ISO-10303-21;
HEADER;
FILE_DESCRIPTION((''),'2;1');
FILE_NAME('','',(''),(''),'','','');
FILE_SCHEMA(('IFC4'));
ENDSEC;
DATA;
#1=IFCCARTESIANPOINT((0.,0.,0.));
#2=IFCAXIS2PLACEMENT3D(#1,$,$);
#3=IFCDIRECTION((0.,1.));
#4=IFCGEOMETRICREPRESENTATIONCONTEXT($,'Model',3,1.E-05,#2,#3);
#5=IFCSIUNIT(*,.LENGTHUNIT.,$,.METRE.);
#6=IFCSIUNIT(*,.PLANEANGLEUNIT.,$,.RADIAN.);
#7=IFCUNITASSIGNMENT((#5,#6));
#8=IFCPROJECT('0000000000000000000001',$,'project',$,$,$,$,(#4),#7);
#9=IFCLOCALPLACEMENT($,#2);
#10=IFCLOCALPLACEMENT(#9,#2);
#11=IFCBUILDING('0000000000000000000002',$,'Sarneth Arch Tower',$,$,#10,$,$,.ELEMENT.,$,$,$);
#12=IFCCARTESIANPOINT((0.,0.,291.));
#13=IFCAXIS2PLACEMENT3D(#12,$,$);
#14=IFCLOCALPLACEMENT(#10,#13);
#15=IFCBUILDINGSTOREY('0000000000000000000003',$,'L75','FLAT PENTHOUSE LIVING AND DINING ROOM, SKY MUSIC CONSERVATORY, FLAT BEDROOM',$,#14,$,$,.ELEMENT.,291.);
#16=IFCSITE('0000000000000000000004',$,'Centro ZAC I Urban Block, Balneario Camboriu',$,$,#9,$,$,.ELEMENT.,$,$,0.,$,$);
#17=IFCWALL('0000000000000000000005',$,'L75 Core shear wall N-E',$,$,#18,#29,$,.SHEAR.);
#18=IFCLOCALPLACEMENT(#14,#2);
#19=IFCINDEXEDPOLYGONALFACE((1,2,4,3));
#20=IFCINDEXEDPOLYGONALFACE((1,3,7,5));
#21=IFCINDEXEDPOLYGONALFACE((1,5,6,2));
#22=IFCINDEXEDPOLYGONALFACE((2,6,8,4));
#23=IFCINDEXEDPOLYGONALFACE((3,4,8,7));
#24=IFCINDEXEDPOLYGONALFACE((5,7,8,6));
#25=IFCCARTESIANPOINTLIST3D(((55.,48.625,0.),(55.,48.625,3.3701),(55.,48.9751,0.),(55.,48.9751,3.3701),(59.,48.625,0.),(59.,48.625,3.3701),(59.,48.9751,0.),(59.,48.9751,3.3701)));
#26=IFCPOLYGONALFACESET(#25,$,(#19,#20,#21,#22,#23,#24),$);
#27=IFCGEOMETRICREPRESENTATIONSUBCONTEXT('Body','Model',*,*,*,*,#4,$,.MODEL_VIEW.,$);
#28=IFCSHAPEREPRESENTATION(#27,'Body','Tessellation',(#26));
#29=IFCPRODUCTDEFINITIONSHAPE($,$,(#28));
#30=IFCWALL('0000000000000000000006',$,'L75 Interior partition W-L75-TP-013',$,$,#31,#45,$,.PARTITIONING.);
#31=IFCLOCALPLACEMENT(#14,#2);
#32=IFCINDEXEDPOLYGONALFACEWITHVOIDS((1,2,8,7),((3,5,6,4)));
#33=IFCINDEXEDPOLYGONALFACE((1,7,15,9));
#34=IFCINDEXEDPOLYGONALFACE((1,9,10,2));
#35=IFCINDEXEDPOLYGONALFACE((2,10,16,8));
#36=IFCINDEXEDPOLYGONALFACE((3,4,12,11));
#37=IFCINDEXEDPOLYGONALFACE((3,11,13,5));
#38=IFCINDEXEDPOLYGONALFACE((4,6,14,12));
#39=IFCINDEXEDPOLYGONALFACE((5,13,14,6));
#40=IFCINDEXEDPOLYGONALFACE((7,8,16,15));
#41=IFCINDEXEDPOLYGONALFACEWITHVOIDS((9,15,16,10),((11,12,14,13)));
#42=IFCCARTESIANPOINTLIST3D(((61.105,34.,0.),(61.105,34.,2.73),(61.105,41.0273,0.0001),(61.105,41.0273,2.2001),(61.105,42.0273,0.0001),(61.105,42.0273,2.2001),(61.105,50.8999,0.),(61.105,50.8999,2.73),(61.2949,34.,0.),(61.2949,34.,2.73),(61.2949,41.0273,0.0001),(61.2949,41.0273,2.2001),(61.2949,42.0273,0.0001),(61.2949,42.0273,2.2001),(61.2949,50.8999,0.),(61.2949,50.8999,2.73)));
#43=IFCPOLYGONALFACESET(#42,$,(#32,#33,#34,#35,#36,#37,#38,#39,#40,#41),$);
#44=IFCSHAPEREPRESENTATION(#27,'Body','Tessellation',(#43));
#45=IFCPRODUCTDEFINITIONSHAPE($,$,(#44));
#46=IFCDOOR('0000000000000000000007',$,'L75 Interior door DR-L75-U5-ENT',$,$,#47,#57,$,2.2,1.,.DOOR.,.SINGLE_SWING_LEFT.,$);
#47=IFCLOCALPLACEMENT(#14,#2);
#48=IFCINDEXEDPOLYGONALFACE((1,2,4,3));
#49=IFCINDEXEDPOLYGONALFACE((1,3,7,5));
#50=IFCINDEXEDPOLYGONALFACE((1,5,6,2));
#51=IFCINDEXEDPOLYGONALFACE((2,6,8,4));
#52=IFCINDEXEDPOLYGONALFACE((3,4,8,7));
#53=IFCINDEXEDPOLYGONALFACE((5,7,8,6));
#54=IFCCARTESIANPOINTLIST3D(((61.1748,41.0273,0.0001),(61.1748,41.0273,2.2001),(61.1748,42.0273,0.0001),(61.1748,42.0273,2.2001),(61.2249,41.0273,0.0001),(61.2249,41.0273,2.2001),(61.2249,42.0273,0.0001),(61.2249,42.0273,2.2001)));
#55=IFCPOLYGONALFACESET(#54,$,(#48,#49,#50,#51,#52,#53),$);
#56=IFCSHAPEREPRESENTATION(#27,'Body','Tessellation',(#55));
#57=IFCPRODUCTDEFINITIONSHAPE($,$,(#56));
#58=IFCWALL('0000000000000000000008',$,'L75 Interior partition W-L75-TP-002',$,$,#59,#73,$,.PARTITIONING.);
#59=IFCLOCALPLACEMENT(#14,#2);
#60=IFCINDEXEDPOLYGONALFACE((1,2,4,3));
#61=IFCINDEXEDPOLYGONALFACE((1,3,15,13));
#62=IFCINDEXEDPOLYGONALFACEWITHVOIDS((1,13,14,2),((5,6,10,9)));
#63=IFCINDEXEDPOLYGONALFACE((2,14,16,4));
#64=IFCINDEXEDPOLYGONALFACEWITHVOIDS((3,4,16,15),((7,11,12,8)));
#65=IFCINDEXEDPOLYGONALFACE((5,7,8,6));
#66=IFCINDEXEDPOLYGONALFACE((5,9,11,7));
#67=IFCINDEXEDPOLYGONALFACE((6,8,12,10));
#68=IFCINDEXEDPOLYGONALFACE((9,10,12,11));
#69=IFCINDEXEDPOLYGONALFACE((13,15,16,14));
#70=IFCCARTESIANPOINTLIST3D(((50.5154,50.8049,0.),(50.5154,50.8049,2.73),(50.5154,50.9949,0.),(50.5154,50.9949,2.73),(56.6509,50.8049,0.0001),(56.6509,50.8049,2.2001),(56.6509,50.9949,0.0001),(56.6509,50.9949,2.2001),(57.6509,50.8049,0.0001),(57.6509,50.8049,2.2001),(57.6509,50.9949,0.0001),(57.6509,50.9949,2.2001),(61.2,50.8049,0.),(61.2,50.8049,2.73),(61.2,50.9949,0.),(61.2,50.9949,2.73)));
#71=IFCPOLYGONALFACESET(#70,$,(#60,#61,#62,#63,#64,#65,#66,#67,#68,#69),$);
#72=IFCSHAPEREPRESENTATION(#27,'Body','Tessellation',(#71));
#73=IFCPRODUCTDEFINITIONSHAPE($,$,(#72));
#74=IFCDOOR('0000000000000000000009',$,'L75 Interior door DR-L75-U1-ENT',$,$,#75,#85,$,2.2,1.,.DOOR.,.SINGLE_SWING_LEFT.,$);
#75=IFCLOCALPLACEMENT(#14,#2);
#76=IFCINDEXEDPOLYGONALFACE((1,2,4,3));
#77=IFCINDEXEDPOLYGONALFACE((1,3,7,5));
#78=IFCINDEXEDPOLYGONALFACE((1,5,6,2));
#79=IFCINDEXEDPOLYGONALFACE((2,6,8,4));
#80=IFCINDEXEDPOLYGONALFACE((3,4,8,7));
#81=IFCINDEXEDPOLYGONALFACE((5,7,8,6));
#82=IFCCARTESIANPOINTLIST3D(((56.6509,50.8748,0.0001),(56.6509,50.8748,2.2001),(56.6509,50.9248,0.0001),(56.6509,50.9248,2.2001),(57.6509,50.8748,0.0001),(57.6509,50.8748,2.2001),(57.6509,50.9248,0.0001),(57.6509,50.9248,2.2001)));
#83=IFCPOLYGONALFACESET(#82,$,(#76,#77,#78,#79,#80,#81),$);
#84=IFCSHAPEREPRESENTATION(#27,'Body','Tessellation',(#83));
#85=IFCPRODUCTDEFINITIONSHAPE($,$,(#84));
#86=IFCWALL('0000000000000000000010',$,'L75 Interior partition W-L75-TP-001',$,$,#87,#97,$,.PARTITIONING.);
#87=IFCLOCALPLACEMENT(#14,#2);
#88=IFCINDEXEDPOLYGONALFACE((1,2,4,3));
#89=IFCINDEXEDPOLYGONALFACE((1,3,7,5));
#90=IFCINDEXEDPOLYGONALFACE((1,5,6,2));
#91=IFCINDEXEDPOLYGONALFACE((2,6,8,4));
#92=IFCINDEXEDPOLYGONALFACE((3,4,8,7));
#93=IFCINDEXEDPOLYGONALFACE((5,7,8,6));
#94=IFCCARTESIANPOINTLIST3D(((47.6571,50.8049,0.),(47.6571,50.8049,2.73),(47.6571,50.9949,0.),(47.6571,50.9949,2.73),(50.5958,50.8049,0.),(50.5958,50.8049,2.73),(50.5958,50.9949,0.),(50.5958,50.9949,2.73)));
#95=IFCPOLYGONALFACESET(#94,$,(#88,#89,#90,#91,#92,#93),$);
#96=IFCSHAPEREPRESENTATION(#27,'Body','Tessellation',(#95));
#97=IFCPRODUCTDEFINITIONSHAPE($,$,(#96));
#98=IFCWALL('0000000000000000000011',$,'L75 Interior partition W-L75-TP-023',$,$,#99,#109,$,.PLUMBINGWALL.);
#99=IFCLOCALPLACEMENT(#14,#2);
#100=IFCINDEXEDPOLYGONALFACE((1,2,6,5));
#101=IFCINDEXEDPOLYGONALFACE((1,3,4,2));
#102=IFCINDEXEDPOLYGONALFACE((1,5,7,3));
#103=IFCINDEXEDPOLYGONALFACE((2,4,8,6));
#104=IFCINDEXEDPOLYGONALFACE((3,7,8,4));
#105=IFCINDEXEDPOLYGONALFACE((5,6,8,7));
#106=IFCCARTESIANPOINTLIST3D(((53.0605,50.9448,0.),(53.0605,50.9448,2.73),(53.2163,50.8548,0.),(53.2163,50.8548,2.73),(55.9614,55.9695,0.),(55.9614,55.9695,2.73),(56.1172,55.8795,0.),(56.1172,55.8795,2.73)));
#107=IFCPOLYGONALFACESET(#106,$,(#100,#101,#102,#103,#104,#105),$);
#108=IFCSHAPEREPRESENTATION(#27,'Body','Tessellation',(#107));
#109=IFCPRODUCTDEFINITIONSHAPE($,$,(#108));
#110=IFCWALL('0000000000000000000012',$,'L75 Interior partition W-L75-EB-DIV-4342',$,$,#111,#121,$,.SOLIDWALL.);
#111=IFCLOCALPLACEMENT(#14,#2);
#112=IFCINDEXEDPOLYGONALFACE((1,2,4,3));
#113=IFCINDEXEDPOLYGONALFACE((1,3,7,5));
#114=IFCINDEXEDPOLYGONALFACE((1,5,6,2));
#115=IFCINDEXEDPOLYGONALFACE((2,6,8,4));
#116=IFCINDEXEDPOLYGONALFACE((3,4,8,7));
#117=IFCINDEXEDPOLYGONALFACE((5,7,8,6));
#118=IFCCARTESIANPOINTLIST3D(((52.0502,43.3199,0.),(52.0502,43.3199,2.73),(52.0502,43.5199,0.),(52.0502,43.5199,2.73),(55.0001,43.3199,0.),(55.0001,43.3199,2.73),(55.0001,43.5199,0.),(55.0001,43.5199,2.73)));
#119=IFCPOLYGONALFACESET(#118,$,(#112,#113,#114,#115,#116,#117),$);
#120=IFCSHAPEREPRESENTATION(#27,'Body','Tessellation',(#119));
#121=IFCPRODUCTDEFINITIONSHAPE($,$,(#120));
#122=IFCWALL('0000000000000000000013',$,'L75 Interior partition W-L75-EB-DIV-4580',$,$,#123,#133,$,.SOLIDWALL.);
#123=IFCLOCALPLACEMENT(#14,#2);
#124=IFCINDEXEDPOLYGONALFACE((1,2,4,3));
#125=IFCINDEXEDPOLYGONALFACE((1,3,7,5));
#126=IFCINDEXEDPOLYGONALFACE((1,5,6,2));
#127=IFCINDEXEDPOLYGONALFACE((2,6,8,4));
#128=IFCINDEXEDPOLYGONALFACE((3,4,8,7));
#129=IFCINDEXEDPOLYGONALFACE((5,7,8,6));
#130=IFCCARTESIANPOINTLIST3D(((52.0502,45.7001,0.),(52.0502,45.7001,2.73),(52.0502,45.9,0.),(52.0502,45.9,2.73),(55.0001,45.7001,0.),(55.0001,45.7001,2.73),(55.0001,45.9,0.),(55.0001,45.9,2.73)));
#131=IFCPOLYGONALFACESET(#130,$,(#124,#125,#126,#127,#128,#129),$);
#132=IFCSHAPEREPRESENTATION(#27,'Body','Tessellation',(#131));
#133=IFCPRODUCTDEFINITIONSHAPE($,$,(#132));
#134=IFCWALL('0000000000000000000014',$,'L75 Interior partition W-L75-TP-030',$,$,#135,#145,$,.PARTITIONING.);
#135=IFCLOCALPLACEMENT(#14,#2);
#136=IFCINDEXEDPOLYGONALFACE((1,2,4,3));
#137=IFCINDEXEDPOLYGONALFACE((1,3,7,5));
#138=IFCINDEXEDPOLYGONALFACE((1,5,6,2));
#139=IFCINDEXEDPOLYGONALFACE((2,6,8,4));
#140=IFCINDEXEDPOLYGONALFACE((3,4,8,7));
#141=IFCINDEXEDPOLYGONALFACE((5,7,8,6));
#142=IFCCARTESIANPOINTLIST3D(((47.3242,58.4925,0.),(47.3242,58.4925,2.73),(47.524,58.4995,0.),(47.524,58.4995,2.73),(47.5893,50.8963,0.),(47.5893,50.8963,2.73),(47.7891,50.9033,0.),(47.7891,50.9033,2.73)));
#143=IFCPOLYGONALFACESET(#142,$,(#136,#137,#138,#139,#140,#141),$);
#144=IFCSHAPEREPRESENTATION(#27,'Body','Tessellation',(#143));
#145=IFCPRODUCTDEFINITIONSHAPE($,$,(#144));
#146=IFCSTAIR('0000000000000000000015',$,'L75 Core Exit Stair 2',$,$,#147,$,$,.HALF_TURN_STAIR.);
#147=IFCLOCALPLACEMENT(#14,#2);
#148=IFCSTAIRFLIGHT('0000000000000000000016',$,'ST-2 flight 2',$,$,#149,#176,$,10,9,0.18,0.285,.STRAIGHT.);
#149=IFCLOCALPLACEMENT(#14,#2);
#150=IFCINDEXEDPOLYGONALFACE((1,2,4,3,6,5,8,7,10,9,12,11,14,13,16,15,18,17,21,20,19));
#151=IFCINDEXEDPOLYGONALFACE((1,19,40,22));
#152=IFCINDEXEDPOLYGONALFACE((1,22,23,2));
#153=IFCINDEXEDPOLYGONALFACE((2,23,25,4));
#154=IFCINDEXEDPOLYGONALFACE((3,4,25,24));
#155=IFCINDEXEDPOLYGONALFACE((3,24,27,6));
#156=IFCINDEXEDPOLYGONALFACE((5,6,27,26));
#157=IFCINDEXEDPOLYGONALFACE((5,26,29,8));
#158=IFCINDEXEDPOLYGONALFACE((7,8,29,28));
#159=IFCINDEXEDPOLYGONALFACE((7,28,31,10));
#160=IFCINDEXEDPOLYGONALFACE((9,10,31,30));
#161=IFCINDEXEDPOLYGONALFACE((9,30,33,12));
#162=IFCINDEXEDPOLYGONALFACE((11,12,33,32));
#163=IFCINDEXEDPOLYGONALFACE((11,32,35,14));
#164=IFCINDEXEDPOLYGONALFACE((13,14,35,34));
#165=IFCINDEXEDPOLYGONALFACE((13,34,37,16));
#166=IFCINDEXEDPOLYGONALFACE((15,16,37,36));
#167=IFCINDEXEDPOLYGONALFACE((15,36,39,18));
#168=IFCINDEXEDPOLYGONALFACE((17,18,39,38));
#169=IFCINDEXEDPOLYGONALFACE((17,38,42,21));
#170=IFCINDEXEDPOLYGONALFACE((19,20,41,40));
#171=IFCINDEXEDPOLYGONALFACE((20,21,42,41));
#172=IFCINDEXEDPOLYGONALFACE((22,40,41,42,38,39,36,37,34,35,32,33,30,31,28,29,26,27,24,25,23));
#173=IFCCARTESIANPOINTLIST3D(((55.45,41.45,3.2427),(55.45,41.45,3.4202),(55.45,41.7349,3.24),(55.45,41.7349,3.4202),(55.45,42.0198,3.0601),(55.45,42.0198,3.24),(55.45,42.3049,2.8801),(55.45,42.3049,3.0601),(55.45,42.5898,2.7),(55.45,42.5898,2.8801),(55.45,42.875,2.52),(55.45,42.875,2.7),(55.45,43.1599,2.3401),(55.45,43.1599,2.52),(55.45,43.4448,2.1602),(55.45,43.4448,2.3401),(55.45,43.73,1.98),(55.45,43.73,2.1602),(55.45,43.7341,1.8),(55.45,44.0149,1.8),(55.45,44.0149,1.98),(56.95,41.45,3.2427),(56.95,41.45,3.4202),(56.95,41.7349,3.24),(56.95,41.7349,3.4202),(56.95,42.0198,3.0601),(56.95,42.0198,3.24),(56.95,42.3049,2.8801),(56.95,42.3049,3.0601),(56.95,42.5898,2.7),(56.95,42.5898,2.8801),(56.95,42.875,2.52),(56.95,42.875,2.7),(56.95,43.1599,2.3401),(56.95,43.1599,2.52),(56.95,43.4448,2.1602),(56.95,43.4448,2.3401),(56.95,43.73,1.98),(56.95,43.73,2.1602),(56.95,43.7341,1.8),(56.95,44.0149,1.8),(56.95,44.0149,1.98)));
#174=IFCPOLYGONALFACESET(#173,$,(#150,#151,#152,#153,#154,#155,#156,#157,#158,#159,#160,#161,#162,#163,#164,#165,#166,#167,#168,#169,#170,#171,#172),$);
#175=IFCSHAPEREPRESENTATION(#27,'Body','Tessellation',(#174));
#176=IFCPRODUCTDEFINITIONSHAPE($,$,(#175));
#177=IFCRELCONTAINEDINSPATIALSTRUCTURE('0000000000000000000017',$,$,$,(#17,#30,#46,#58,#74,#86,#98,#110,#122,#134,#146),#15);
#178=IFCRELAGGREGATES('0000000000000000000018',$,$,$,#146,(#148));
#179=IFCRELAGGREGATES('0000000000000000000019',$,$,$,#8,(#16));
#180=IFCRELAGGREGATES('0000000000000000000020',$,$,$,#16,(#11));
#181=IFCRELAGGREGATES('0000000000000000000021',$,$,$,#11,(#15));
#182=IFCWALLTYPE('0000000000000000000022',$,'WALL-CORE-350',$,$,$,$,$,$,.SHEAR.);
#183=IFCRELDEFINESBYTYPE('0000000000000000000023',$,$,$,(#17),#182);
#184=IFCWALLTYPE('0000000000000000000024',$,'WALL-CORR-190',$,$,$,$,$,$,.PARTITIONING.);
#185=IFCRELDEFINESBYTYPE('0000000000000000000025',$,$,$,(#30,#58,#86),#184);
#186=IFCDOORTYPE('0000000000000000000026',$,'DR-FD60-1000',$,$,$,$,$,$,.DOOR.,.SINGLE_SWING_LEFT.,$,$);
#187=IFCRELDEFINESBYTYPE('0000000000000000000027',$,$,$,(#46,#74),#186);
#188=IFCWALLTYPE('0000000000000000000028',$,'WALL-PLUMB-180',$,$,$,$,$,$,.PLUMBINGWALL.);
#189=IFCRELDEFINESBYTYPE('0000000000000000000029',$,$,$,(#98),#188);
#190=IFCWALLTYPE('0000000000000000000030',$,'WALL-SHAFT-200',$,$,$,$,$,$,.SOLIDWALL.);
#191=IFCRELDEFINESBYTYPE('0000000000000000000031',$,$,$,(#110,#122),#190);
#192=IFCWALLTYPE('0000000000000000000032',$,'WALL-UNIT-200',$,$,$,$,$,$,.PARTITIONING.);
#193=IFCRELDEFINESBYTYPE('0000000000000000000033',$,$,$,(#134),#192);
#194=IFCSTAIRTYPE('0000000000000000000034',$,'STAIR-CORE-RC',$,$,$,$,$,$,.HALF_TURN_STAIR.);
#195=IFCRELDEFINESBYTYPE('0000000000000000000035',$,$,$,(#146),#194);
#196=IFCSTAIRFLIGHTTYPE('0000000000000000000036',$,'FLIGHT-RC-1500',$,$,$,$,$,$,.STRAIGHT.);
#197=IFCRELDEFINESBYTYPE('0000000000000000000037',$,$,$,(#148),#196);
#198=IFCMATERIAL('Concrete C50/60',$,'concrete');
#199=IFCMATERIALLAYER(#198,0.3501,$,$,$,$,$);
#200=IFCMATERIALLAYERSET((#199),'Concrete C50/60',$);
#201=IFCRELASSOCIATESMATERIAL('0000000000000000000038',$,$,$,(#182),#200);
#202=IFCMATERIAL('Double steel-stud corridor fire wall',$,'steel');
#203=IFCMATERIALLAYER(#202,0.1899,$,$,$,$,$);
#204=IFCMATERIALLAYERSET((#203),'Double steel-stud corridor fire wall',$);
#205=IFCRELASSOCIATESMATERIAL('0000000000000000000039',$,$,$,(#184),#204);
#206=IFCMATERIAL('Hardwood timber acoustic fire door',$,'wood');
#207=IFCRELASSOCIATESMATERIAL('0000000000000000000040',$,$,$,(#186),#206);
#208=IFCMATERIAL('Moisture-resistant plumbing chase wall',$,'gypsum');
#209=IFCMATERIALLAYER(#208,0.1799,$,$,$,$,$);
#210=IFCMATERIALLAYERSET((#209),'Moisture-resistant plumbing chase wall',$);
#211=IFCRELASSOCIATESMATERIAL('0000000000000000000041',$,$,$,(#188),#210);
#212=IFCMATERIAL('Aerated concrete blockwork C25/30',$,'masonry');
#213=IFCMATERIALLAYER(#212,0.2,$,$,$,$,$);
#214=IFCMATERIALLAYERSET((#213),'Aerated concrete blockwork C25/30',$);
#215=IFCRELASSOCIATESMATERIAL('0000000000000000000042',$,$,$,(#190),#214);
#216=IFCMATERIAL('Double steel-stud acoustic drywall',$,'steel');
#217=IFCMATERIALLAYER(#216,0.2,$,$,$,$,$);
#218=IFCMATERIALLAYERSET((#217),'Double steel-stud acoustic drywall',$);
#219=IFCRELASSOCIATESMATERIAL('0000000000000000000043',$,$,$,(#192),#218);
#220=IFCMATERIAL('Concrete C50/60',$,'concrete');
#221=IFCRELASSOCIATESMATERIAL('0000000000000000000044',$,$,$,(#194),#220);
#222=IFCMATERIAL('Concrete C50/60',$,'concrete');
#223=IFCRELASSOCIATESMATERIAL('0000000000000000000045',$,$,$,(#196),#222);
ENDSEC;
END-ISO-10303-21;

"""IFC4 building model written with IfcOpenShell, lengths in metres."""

from ifc_helpers import new_model, si_unit, direction, frame, frame_2d, origin, place, context, subcontext, project, spatial, polyline, rectangle, outline, extrude, material, layer, layer_set, type_object, element, fill, aggregate, save


model = new_model("IFC4")

# Units and contexts
model_context = context("Model", 3, precision=1e-05, world=origin(), true_north=direction((0.0, 1.0)))
body_context = subcontext(model_context, "Body", "Model", "MODEL_VIEW")
ifc_project = project(units=[si_unit("LENGTHUNIT", "METRE"), si_unit("PLANEANGLEUNIT", "RADIAN")], contexts=[model_context])

# Site, building, storey
site_placement = place(None, origin())
site = spatial("IfcSite", under=ifc_project, at=site_placement, Name="Centro ZAC I Urban Block, Balneario Camboriu", CompositionType="ELEMENT", RefElevation=0.0)
building_placement = place(site_placement, origin())
building = spatial("IfcBuilding", under=site, at=building_placement, Name="Sarneth Arch Tower", CompositionType="ELEMENT")
storey_placement = place(building_placement, frame((0.0, 0.0, 291.0)))
storey = spatial("IfcBuildingStorey", under=building, at=storey_placement, Name="L75", Description="FLAT PENTHOUSE LIVING AND DINING ROOM, SKY MUSIC CONSERVATORY, FLAT BEDROOM", CompositionType="ELEMENT", Elevation=291.0)

# Wall
ifc_material_1 = material(Name="Concrete C50/60", Category="concrete")
ifc_layer_1 = layer(ifc_material_1, 0.3501)
ifc_layer_set_1 = layer_set([ifc_layer_1], Name="Concrete C50/60")
wall_type_1 = type_object("IfcWallType", Name="WALL-CORE-350", PredefinedType="SHEAR", material=ifc_layer_set_1)
wall_1_placement = place(storey_placement, frame((55.0, 48.8, 0.0), z_axis=(0.0, 0.0, 1.0), x_axis=(1.0, 0.0, 0.0)))
element("IfcWall", 1, at=wall_1_placement, inside=storey, type_object=wall_type_1, Name="L75 Core shear wall N-E", PredefinedType="SHEAR", context=body_context, shape_type="SweptSolid", body=[
    extrude(rectangle(XDim=4.0, YDim=0.3501, at=frame_2d((2.0, 0.0))), origin(), (0.0, 0.0, 1.0), 3.3701),
])

# Walls, openings, doors
ifc_material_2 = material(Name="Double steel-stud corridor fire wall", Category="steel")
ifc_layer_2 = layer(ifc_material_2, 0.1899)
ifc_layer_set_2 = layer_set([ifc_layer_2], Name="Double steel-stud corridor fire wall")
wall_type_2 = type_object("IfcWallType", Name="WALL-CORR-190", PredefinedType="PARTITIONING", material=ifc_layer_set_2)
wall_2_placement = place(storey_placement, frame((61.2, 50.8999, 0.0), z_axis=(0.0, 0.0, 1.0), x_axis=(0.0, -1.0, 0.0)))
wall_2 = element("IfcWall", 2, at=wall_2_placement, inside=storey, type_object=wall_type_2, Name="L75 Interior partition W-L75-TP-013", PredefinedType="PARTITIONING", context=body_context, shape_type="SweptSolid", body=[
    extrude(rectangle(XDim=16.8999, YDim=0.1899, at=frame_2d((8.45, 0.0))), origin(), (0.0, 0.0, 1.0), 2.73),
])
opening_1_placement = place(wall_2_placement, frame((8.8726, 0.0, 0.0)))
opening_1 = element("IfcOpeningElement", 3, at=opening_1_placement, cuts=wall_2, PredefinedType="OPENING", context=body_context, shape_type="SweptSolid", body=[
    extrude(rectangle(XDim=1.0, YDim=2.2, at=frame_2d((0.5, 1.1001))), frame((0.0, 0.105, 0.0), z_axis=(0.0, -1.0, 0.0), x_axis=(1.0, 0.0, 0.0)), (0.0, 0.0, 1.0), 0.21),
])
ifc_material_3 = material(Name="Hardwood timber acoustic fire door", Category="wood")
door_type = type_object("IfcDoorType", Name="DR-FD60-1000", OperationType="SINGLE_SWING_LEFT", PredefinedType="DOOR", material=ifc_material_3)
door_1_placement = place(opening_1_placement, origin())
door_1 = element("IfcDoor", 4, at=door_1_placement, inside=storey, type_object=door_type, Name="L75 Interior door DR-L75-U5-ENT", OperationType="SINGLE_SWING_LEFT", OverallHeight=2.2, OverallWidth=1.0, PredefinedType="DOOR", context=body_context, shape_type="SweptSolid", body=[
    extrude(rectangle(XDim=1.0, YDim=2.2, at=frame_2d((0.5, 1.1001))), frame((0.0, 0.0249, 0.0), z_axis=(0.0, -1.0, 0.0), x_axis=(1.0, 0.0, 0.0)), (0.0, 0.0, 1.0), 0.05),
])
fill(opening_1, door_1)
wall_3_placement = place(storey_placement, frame((50.5154, 50.8999, 0.0), z_axis=(0.0, 0.0, 1.0), x_axis=(1.0, 0.0, 0.0)))
wall_3 = element("IfcWall", 5, at=wall_3_placement, inside=storey, type_object=wall_type_2, Name="L75 Interior partition W-L75-TP-002", PredefinedType="PARTITIONING", context=body_context, shape_type="SweptSolid", body=[
    extrude(rectangle(XDim=10.6846, YDim=0.1899, at=frame_2d((5.3423, 0.0))), origin(), (0.0, 0.0, 1.0), 2.73),
])
opening_2_placement = place(wall_3_placement, frame((6.1355, 0.0, 0.0)))
opening_2 = element("IfcOpeningElement", 6, at=opening_2_placement, cuts=wall_3, PredefinedType="OPENING", context=body_context, shape_type="SweptSolid", body=[
    extrude(rectangle(XDim=1.0, YDim=2.2, at=frame_2d((0.5, 1.1001))), frame((0.0, 0.105, 0.0), z_axis=(0.0, -1.0, 0.0), x_axis=(1.0, 0.0, 0.0)), (0.0, 0.0, 1.0), 0.21),
])
door_2_placement = place(opening_2_placement, origin())
door_2 = element("IfcDoor", 7, at=door_2_placement, inside=storey, type_object=door_type, Name="L75 Interior door DR-L75-U1-ENT", OperationType="SINGLE_SWING_LEFT", OverallHeight=2.2, OverallWidth=1.0, PredefinedType="DOOR", context=body_context, shape_type="SweptSolid", body=[
    extrude(rectangle(XDim=1.0, YDim=2.2, at=frame_2d((0.5, 1.1001))), frame((0.0, 0.0249, 0.0), z_axis=(0.0, -1.0, 0.0), x_axis=(1.0, 0.0, 0.0)), (0.0, 0.0, 1.0), 0.05),
])
fill(opening_2, door_2)

# Walls
wall_4_placement = place(storey_placement, frame((47.6572, 50.8999, 0.0), z_axis=(0.0, 0.0, 1.0), x_axis=(1.0, 0.0, 0.0)))
element("IfcWall", 8, at=wall_4_placement, inside=storey, type_object=wall_type_2, Name="L75 Interior partition W-L75-TP-001", PredefinedType="PARTITIONING", context=body_context, shape_type="SweptSolid", body=[
    extrude(rectangle(XDim=2.9387, YDim=0.1899, at=frame_2d((1.4692, 0.0))), origin(), (0.0, 0.0, 1.0), 2.73),
])
ifc_material_4 = material(Name="Moisture-resistant plumbing chase wall", Category="gypsum")
ifc_layer_3 = layer(ifc_material_4, 0.1799)
ifc_layer_set_3 = layer_set([ifc_layer_3], Name="Moisture-resistant plumbing chase wall")
wall_type_3 = type_object("IfcWallType", Name="WALL-PLUMB-180", PredefinedType="PLUMBINGWALL", material=ifc_layer_set_3)
wall_5_placement = place(storey_placement, frame((53.1384, 50.8999, 0.0), z_axis=(0.0, 0.0, 1.0), x_axis=(0.499986, 0.866034, 0.0)))
element("IfcWall", 9, at=wall_5_placement, inside=storey, type_object=wall_type_3, Name="L75 Interior partition W-L75-TP-023", PredefinedType="PLUMBINGWALL", context=body_context, shape_type="SweptSolid", body=[
    extrude(rectangle(XDim=5.802, YDim=0.1799, at=frame_2d((2.9009, 0.0))), origin(), (0.0, 0.0, 1.0), 2.73),
])
ifc_material_5 = material(Name="Aerated concrete blockwork C25/30", Category="masonry")
ifc_layer_4 = layer(ifc_material_5, 0.2)
ifc_layer_set_4 = layer_set([ifc_layer_4], Name="Aerated concrete blockwork C25/30")
wall_type_4 = type_object("IfcWallType", Name="WALL-SHAFT-200", PredefinedType="SOLIDWALL", material=ifc_layer_set_4)
for number, where, z_axis, x_axis, name in (
    (10, (52.05, 43.4199, 0.0), (0.0, 0.0, 1.0), (1.0, 0.0, 0.0), "L75 Interior partition W-L75-EB-DIV-4342"),
    (11, (52.05, 45.8, 0.0), (0.0, 0.0, 1.0), (1.0, 0.0, 0.0), "L75 Interior partition W-L75-EB-DIV-4580"),
):
    element("IfcWall", number, at=place(storey_placement, frame(where, z_axis=z_axis, x_axis=x_axis)), inside=storey, type_object=wall_type_4, Name=name, PredefinedType="SOLIDWALL", context=body_context, shape_type="SweptSolid", body=[
        extrude(rectangle(XDim=2.95, YDim=0.2, at=frame_2d((1.4751, 0.0))), origin(), (0.0, 0.0, 1.0), 2.73),
    ])
ifc_material_6 = material(Name="Double steel-stud acoustic drywall", Category="steel")
ifc_layer_5 = layer(ifc_material_6, 0.2)
ifc_layer_set_5 = layer_set([ifc_layer_5], Name="Double steel-stud acoustic drywall")
wall_type_5 = type_object("IfcWallType", Name="WALL-UNIT-200", PredefinedType="PARTITIONING", material=ifc_layer_set_5)
wall_6_placement = place(storey_placement, frame((47.6892, 50.8999, 0.0), z_axis=(0.0, 0.0, 1.0), x_axis=(-0.034883, 0.999391, 0.0)))
element("IfcWall", 12, at=wall_6_placement, inside=storey, type_object=wall_type_5, Name="L75 Interior partition W-L75-TP-030", PredefinedType="PARTITIONING", context=body_context, shape_type="SweptSolid", body=[
    extrude(rectangle(XDim=7.6008, YDim=0.2, at=frame_2d((3.8003, 0.0))), origin(), (0.0, 0.0, 1.0), 2.73),
])

# Stair, stair flight
ifc_material_7 = material(Name="Concrete C50/60", Category="concrete")
stair_type = type_object("IfcStairType", Name="STAIR-CORE-RC", PredefinedType="HALF_TURN_STAIR", material=ifc_material_7)
stair_placement = place(storey_placement, origin())
stair = element("IfcStair", 13, at=stair_placement, inside=storey, type_object=stair_type, Name="L75 Core Exit Stair 2", PredefinedType="HALF_TURN_STAIR")
ifc_material_8 = material(Name="Concrete C50/60", Category="concrete")
stair_flight_type = type_object("IfcStairFlightType", Name="FLIGHT-RC-1500", PredefinedType="STRAIGHT", material=ifc_material_8)
stair_flight_placement = place(storey_placement, frame((56.2, 44.0149, 1.8), z_axis=(0.0, 0.0, 1.0), x_axis=(0.0, -1.0, 0.0)))
stair_flight = element("IfcStairFlight", 14, at=stair_flight_placement, type_object=stair_flight_type, Name="ST-2 flight 2", NumberOfRisers=10, NumberOfTreads=9, PredefinedType="STRAIGHT", RiserHeight=0.18, TreadLength=0.285, context=body_context, shape_type="SweptSolid", body=[
    extrude(outline(polyline([(0.0, 0.0), (0.0, 0.1799), (0.2849, 0.1799), (0.2849, 0.3601), (0.5701, 0.3601), (0.5701, 0.54), (0.855, 0.54), (0.855, 0.72), (1.1399, 0.72), (1.1399, 0.8999), (1.425, 0.8999), (1.425, 1.0801), (1.71, 1.0801), (1.71, 1.26), (1.9951, 1.26), (1.9951, 1.4399), (2.28, 1.4399), (2.28, 1.6201), (2.5649, 1.6201), (2.5649, 1.8), (2.5649, 1.4426), (0.2808, 0.0), (0.0, 0.0)])), frame((0.0, 0.75, 0.0), z_axis=(0.0, -1.0, 0.0), x_axis=(1.0, 0.0, 0.0)), (0.0, 0.0, 1.0), 1.5),
])
aggregate(stair, [stair_flight])

save(model, "model.ifc")
